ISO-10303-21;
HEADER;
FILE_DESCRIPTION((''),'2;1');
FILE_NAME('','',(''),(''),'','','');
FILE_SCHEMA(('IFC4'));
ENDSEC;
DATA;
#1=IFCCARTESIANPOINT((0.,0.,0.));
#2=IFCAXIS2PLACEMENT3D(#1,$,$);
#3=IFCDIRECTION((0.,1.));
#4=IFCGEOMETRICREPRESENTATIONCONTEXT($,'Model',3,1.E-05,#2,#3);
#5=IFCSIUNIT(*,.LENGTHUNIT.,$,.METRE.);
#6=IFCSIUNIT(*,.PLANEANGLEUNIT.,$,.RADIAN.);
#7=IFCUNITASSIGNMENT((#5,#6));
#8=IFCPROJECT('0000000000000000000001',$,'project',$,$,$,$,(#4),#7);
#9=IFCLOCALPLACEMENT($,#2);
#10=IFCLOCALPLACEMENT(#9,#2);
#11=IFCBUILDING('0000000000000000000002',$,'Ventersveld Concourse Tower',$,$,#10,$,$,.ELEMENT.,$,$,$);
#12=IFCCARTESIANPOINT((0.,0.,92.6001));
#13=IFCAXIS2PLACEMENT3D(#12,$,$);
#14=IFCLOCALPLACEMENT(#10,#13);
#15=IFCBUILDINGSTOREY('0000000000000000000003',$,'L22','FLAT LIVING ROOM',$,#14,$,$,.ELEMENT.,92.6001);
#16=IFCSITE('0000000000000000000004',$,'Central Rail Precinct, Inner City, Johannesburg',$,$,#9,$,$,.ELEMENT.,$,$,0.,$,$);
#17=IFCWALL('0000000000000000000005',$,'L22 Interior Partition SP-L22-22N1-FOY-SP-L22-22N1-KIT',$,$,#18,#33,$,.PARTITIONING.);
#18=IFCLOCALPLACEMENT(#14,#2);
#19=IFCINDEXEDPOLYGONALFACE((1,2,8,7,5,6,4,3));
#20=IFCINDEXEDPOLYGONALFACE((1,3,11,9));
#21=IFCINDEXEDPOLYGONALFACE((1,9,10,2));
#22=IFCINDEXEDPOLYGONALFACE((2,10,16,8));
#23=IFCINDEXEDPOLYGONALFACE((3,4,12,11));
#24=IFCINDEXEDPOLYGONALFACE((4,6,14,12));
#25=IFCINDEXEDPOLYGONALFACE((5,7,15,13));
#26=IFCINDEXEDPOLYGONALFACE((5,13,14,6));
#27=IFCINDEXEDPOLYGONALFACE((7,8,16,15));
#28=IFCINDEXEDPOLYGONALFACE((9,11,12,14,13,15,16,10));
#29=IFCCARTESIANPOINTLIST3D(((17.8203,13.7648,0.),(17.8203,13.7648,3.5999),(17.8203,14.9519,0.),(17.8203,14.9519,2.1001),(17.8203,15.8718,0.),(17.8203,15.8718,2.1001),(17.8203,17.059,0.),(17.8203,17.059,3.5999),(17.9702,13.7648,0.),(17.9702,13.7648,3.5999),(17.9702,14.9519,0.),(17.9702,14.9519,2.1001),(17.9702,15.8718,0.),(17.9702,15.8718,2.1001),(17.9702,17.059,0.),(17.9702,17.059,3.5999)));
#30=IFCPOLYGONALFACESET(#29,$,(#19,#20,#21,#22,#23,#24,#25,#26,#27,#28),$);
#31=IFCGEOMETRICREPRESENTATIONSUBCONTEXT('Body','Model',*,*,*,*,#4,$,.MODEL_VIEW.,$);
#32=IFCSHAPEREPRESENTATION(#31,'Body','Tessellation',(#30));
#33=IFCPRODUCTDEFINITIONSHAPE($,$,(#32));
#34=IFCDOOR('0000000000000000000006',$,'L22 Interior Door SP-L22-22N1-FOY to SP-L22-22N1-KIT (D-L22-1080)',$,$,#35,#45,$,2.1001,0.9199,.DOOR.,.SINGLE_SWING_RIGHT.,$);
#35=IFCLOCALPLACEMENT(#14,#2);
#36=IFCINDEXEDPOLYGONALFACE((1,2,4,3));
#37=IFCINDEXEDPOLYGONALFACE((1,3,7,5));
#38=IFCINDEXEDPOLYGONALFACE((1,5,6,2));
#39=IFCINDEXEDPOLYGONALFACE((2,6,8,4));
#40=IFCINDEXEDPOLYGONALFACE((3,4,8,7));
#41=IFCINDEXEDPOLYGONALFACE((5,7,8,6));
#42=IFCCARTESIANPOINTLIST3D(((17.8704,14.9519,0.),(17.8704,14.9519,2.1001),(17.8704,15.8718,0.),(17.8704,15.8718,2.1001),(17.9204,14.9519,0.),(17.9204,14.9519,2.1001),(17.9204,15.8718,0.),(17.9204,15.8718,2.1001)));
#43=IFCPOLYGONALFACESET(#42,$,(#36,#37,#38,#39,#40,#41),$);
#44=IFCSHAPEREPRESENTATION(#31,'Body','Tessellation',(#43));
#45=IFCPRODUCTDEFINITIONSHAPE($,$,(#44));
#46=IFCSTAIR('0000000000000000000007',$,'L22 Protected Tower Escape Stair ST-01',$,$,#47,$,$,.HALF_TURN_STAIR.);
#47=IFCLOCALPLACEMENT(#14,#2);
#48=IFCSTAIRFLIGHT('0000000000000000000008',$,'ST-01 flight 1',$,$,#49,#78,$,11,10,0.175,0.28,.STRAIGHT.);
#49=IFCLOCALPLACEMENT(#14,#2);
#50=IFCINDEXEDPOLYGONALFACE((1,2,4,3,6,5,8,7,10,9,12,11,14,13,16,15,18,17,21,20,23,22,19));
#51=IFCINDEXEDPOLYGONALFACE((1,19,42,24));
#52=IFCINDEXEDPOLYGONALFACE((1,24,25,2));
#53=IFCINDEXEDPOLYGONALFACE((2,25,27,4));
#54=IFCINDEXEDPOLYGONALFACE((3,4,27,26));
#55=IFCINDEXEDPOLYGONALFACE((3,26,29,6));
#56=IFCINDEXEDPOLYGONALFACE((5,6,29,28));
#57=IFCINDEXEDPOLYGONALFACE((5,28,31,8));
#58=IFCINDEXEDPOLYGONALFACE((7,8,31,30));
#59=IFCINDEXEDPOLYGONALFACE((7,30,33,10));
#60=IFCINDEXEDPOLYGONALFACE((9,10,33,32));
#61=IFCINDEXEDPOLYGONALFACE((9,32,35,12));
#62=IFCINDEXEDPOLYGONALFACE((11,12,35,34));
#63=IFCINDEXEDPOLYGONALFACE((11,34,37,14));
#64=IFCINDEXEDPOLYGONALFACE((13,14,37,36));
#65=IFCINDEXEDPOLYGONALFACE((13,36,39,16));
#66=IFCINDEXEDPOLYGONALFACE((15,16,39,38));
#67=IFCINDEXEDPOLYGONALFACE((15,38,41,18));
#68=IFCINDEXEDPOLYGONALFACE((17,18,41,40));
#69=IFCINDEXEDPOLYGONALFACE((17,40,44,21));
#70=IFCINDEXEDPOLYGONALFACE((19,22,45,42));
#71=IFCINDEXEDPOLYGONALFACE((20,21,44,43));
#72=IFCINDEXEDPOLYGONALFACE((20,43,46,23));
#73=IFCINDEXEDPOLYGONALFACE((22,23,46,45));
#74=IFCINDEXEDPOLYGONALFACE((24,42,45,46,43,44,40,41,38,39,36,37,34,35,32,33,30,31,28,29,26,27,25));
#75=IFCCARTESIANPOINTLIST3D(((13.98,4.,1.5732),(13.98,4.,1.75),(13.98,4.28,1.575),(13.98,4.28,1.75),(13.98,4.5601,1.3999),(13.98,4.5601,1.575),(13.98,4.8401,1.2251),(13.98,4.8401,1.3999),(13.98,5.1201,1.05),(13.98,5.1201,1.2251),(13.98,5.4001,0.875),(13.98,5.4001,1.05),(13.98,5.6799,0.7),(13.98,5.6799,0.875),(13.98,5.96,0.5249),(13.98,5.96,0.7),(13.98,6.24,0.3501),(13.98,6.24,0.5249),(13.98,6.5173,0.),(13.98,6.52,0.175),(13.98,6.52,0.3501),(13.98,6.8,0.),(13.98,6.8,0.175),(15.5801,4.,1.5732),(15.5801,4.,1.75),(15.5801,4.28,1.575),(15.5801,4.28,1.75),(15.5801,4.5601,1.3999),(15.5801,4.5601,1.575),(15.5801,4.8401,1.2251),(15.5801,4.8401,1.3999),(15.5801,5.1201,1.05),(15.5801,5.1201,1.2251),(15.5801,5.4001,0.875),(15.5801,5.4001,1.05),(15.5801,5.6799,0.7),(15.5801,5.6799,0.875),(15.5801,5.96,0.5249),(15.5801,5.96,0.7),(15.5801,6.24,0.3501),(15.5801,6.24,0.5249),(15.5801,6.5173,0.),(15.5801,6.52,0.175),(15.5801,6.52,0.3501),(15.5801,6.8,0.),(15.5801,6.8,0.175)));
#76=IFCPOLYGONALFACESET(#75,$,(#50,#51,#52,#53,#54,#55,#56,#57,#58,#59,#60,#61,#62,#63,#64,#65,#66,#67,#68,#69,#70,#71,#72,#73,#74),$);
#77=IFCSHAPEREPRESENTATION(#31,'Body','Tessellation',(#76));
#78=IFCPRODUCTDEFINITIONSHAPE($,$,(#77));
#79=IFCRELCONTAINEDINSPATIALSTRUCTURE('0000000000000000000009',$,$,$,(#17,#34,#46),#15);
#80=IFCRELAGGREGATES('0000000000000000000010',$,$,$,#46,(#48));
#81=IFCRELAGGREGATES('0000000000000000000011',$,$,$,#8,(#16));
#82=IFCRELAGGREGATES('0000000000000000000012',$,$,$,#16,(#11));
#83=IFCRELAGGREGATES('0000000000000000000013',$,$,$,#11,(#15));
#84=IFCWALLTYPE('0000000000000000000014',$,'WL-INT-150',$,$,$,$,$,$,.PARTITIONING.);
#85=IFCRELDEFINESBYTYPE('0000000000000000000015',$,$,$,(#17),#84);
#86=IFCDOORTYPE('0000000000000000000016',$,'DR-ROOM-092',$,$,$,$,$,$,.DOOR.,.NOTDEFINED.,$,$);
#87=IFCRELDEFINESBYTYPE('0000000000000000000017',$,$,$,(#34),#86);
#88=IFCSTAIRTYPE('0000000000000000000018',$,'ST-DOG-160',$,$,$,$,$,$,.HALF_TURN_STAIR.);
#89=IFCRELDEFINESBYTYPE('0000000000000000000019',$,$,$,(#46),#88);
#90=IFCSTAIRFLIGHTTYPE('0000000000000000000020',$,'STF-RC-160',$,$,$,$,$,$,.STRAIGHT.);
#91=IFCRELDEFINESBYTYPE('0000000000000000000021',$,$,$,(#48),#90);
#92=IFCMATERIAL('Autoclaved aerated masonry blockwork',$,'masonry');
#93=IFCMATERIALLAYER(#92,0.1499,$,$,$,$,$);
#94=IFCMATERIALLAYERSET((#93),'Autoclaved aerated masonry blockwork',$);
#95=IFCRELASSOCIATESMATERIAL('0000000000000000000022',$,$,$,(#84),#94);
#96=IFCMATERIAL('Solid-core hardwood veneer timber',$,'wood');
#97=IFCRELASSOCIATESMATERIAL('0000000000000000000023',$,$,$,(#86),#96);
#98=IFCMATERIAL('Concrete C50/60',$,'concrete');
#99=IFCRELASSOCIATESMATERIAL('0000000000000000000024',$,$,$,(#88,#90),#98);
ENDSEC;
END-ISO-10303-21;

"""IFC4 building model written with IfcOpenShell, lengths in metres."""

from ifc_helpers import new_model, si_unit, direction, frame, frame_2d, origin, place, context, subcontext, project, spatial, polyline, rectangle, outline, extrude, material, layer, layer_set, type_object, element, fill, aggregate, save


model = new_model("IFC4")

# Units and contexts
model_context = context("Model", 3, precision=1e-05, world=origin(), true_north=direction((0.0, 1.0)))
body_context = subcontext(model_context, "Body", "Model", "MODEL_VIEW")
ifc_project = project(units=[si_unit("LENGTHUNIT", "METRE"), si_unit("PLANEANGLEUNIT", "RADIAN")], contexts=[model_context])

# Site, building, storey
site_placement = place(None, origin())
site = spatial("IfcSite", under=ifc_project, at=site_placement, Name="Central Rail Precinct, Inner City, Johannesburg", CompositionType="ELEMENT", RefElevation=0.0)
building_placement = place(site_placement, origin())
building = spatial("IfcBuilding", under=site, at=building_placement, Name="Ventersveld Concourse Tower", CompositionType="ELEMENT")
storey_placement = place(building_placement, frame((0.0, 0.0, 92.6001)))
storey = spatial("IfcBuildingStorey", under=building, at=storey_placement, Name="L22", Description="FLAT LIVING ROOM", CompositionType="ELEMENT", Elevation=92.6001)

# Shared definitions
ifc_material_1 = material(Name="Concrete C50/60", Category="concrete")

# Wall, opening, door
ifc_material_2 = material(Name="Autoclaved aerated masonry blockwork", Category="masonry")
ifc_layer_1 = layer(ifc_material_2, 0.1499)
ifc_layer_set_1 = layer_set([ifc_layer_1], Name="Autoclaved aerated masonry blockwork")
wall_type_1 = type_object("IfcWallType", Name="WL-INT-150", PredefinedType="PARTITIONING", material=ifc_layer_set_1)
wall_1_placement = place(storey_placement, frame((17.8953, 13.7649, 0.0), z_axis=(0.0, 0.0, 1.0), x_axis=(0.0, 1.0, 0.0)))
wall_1 = element("IfcWall", 1, at=wall_1_placement, inside=storey, type_object=wall_type_1, Name="L22 Interior Partition SP-L22-22N1-FOY-SP-L22-22N1-KIT", PredefinedType="PARTITIONING", context=body_context, shape_type="SweptSolid", body=[
    extrude(rectangle(XDim=3.2942, YDim=0.1499, at=frame_2d((1.647, 0.0))), origin(), (0.0, 0.0, 1.0), 3.5999),
])
opening_1_placement = place(wall_1_placement, frame((1.187, 0.0, 0.0)))
opening_1 = element("IfcOpeningElement", 2, at=opening_1_placement, cuts=wall_1, PredefinedType="OPENING", context=body_context, shape_type="SweptSolid", body=[
    extrude(rectangle(XDim=0.9199, YDim=2.1001, at=frame_2d((0.46, 1.05))), frame((0.0, 0.085, 0.0), z_axis=(0.0, -1.0, 0.0), x_axis=(1.0, 0.0, 0.0)), (0.0, 0.0, 1.0), 0.1699),
])
ifc_material_3 = material(Name="Solid-core hardwood veneer timber", Category="wood")
door_type_1 = type_object("IfcDoorType", Name="DR-ROOM-092", OperationType="NOTDEFINED", PredefinedType="DOOR", material=ifc_material_3)
door_1_placement = place(opening_1_placement, origin())
door_1 = element("IfcDoor", 3, at=door_1_placement, inside=storey, type_object=door_type_1, Name="L22 Interior Door SP-L22-22N1-FOY to SP-L22-22N1-KIT (D-L22-1080)", OperationType="SINGLE_SWING_RIGHT", OverallHeight=2.1001, OverallWidth=0.9199, PredefinedType="DOOR", context=body_context, shape_type="SweptSolid", body=[
    extrude(rectangle(XDim=0.9199, YDim=2.1001, at=frame_2d((0.46, 1.05))), frame((0.0, 0.0249, 0.0), z_axis=(0.0, -1.0, 0.0), x_axis=(1.0, 0.0, 0.0)), (0.0, 0.0, 1.0), 0.05),
])
fill(opening_1, door_1)

# Stair, stair flight
stair_type = type_object("IfcStairType", Name="ST-DOG-160", PredefinedType="HALF_TURN_STAIR", material=ifc_material_1)
stair_placement = place(storey_placement, origin())
stair = element("IfcStair", 4, at=stair_placement, inside=storey, type_object=stair_type, Name="L22 Protected Tower Escape Stair ST-01", PredefinedType="HALF_TURN_STAIR")
stair_flight_type = type_object("IfcStairFlightType", Name="STF-RC-160", PredefinedType="STRAIGHT", material=ifc_material_1)
stair_flight_placement = place(storey_placement, frame((14.78, 6.8, 0.0), z_axis=(0.0, 0.0, 1.0), x_axis=(0.0, -1.0, 0.0)))
stair_flight = element("IfcStairFlight", 5, at=stair_flight_placement, type_object=stair_flight_type, Name="ST-01 flight 1", NumberOfRisers=11, NumberOfTreads=10, PredefinedType="STRAIGHT", RiserHeight=0.175, TreadLength=0.28, context=body_context, shape_type="SweptSolid", body=[
    extrude(outline(polyline([(0.0, 0.0), (0.0, 0.175), (0.28, 0.175), (0.28, 0.3501), (0.5601, 0.3501), (0.5601, 0.5249), (0.8401, 0.5249), (0.8401, 0.7), (1.1201, 0.7), (1.1201, 0.875), (1.3999, 0.875), (1.3999, 1.05), (1.6799, 1.05), (1.6799, 1.2251), (1.96, 1.2251), (1.96, 1.3999), (2.24, 1.3999), (2.24, 1.575), (2.52, 1.575), (2.52, 1.75), (2.8, 1.75), (2.8, 1.925), (2.8, 1.5732), (0.2827, 0.0), (0.0, 0.0)])), frame((0.0, 0.8, 0.0), z_axis=(0.0, -1.0, 0.0), x_axis=(1.0, 0.0, 0.0)), (0.0, 0.0, 1.0), 1.6001),
])
aggregate(stair, [stair_flight])

save(model, "model.ifc")
